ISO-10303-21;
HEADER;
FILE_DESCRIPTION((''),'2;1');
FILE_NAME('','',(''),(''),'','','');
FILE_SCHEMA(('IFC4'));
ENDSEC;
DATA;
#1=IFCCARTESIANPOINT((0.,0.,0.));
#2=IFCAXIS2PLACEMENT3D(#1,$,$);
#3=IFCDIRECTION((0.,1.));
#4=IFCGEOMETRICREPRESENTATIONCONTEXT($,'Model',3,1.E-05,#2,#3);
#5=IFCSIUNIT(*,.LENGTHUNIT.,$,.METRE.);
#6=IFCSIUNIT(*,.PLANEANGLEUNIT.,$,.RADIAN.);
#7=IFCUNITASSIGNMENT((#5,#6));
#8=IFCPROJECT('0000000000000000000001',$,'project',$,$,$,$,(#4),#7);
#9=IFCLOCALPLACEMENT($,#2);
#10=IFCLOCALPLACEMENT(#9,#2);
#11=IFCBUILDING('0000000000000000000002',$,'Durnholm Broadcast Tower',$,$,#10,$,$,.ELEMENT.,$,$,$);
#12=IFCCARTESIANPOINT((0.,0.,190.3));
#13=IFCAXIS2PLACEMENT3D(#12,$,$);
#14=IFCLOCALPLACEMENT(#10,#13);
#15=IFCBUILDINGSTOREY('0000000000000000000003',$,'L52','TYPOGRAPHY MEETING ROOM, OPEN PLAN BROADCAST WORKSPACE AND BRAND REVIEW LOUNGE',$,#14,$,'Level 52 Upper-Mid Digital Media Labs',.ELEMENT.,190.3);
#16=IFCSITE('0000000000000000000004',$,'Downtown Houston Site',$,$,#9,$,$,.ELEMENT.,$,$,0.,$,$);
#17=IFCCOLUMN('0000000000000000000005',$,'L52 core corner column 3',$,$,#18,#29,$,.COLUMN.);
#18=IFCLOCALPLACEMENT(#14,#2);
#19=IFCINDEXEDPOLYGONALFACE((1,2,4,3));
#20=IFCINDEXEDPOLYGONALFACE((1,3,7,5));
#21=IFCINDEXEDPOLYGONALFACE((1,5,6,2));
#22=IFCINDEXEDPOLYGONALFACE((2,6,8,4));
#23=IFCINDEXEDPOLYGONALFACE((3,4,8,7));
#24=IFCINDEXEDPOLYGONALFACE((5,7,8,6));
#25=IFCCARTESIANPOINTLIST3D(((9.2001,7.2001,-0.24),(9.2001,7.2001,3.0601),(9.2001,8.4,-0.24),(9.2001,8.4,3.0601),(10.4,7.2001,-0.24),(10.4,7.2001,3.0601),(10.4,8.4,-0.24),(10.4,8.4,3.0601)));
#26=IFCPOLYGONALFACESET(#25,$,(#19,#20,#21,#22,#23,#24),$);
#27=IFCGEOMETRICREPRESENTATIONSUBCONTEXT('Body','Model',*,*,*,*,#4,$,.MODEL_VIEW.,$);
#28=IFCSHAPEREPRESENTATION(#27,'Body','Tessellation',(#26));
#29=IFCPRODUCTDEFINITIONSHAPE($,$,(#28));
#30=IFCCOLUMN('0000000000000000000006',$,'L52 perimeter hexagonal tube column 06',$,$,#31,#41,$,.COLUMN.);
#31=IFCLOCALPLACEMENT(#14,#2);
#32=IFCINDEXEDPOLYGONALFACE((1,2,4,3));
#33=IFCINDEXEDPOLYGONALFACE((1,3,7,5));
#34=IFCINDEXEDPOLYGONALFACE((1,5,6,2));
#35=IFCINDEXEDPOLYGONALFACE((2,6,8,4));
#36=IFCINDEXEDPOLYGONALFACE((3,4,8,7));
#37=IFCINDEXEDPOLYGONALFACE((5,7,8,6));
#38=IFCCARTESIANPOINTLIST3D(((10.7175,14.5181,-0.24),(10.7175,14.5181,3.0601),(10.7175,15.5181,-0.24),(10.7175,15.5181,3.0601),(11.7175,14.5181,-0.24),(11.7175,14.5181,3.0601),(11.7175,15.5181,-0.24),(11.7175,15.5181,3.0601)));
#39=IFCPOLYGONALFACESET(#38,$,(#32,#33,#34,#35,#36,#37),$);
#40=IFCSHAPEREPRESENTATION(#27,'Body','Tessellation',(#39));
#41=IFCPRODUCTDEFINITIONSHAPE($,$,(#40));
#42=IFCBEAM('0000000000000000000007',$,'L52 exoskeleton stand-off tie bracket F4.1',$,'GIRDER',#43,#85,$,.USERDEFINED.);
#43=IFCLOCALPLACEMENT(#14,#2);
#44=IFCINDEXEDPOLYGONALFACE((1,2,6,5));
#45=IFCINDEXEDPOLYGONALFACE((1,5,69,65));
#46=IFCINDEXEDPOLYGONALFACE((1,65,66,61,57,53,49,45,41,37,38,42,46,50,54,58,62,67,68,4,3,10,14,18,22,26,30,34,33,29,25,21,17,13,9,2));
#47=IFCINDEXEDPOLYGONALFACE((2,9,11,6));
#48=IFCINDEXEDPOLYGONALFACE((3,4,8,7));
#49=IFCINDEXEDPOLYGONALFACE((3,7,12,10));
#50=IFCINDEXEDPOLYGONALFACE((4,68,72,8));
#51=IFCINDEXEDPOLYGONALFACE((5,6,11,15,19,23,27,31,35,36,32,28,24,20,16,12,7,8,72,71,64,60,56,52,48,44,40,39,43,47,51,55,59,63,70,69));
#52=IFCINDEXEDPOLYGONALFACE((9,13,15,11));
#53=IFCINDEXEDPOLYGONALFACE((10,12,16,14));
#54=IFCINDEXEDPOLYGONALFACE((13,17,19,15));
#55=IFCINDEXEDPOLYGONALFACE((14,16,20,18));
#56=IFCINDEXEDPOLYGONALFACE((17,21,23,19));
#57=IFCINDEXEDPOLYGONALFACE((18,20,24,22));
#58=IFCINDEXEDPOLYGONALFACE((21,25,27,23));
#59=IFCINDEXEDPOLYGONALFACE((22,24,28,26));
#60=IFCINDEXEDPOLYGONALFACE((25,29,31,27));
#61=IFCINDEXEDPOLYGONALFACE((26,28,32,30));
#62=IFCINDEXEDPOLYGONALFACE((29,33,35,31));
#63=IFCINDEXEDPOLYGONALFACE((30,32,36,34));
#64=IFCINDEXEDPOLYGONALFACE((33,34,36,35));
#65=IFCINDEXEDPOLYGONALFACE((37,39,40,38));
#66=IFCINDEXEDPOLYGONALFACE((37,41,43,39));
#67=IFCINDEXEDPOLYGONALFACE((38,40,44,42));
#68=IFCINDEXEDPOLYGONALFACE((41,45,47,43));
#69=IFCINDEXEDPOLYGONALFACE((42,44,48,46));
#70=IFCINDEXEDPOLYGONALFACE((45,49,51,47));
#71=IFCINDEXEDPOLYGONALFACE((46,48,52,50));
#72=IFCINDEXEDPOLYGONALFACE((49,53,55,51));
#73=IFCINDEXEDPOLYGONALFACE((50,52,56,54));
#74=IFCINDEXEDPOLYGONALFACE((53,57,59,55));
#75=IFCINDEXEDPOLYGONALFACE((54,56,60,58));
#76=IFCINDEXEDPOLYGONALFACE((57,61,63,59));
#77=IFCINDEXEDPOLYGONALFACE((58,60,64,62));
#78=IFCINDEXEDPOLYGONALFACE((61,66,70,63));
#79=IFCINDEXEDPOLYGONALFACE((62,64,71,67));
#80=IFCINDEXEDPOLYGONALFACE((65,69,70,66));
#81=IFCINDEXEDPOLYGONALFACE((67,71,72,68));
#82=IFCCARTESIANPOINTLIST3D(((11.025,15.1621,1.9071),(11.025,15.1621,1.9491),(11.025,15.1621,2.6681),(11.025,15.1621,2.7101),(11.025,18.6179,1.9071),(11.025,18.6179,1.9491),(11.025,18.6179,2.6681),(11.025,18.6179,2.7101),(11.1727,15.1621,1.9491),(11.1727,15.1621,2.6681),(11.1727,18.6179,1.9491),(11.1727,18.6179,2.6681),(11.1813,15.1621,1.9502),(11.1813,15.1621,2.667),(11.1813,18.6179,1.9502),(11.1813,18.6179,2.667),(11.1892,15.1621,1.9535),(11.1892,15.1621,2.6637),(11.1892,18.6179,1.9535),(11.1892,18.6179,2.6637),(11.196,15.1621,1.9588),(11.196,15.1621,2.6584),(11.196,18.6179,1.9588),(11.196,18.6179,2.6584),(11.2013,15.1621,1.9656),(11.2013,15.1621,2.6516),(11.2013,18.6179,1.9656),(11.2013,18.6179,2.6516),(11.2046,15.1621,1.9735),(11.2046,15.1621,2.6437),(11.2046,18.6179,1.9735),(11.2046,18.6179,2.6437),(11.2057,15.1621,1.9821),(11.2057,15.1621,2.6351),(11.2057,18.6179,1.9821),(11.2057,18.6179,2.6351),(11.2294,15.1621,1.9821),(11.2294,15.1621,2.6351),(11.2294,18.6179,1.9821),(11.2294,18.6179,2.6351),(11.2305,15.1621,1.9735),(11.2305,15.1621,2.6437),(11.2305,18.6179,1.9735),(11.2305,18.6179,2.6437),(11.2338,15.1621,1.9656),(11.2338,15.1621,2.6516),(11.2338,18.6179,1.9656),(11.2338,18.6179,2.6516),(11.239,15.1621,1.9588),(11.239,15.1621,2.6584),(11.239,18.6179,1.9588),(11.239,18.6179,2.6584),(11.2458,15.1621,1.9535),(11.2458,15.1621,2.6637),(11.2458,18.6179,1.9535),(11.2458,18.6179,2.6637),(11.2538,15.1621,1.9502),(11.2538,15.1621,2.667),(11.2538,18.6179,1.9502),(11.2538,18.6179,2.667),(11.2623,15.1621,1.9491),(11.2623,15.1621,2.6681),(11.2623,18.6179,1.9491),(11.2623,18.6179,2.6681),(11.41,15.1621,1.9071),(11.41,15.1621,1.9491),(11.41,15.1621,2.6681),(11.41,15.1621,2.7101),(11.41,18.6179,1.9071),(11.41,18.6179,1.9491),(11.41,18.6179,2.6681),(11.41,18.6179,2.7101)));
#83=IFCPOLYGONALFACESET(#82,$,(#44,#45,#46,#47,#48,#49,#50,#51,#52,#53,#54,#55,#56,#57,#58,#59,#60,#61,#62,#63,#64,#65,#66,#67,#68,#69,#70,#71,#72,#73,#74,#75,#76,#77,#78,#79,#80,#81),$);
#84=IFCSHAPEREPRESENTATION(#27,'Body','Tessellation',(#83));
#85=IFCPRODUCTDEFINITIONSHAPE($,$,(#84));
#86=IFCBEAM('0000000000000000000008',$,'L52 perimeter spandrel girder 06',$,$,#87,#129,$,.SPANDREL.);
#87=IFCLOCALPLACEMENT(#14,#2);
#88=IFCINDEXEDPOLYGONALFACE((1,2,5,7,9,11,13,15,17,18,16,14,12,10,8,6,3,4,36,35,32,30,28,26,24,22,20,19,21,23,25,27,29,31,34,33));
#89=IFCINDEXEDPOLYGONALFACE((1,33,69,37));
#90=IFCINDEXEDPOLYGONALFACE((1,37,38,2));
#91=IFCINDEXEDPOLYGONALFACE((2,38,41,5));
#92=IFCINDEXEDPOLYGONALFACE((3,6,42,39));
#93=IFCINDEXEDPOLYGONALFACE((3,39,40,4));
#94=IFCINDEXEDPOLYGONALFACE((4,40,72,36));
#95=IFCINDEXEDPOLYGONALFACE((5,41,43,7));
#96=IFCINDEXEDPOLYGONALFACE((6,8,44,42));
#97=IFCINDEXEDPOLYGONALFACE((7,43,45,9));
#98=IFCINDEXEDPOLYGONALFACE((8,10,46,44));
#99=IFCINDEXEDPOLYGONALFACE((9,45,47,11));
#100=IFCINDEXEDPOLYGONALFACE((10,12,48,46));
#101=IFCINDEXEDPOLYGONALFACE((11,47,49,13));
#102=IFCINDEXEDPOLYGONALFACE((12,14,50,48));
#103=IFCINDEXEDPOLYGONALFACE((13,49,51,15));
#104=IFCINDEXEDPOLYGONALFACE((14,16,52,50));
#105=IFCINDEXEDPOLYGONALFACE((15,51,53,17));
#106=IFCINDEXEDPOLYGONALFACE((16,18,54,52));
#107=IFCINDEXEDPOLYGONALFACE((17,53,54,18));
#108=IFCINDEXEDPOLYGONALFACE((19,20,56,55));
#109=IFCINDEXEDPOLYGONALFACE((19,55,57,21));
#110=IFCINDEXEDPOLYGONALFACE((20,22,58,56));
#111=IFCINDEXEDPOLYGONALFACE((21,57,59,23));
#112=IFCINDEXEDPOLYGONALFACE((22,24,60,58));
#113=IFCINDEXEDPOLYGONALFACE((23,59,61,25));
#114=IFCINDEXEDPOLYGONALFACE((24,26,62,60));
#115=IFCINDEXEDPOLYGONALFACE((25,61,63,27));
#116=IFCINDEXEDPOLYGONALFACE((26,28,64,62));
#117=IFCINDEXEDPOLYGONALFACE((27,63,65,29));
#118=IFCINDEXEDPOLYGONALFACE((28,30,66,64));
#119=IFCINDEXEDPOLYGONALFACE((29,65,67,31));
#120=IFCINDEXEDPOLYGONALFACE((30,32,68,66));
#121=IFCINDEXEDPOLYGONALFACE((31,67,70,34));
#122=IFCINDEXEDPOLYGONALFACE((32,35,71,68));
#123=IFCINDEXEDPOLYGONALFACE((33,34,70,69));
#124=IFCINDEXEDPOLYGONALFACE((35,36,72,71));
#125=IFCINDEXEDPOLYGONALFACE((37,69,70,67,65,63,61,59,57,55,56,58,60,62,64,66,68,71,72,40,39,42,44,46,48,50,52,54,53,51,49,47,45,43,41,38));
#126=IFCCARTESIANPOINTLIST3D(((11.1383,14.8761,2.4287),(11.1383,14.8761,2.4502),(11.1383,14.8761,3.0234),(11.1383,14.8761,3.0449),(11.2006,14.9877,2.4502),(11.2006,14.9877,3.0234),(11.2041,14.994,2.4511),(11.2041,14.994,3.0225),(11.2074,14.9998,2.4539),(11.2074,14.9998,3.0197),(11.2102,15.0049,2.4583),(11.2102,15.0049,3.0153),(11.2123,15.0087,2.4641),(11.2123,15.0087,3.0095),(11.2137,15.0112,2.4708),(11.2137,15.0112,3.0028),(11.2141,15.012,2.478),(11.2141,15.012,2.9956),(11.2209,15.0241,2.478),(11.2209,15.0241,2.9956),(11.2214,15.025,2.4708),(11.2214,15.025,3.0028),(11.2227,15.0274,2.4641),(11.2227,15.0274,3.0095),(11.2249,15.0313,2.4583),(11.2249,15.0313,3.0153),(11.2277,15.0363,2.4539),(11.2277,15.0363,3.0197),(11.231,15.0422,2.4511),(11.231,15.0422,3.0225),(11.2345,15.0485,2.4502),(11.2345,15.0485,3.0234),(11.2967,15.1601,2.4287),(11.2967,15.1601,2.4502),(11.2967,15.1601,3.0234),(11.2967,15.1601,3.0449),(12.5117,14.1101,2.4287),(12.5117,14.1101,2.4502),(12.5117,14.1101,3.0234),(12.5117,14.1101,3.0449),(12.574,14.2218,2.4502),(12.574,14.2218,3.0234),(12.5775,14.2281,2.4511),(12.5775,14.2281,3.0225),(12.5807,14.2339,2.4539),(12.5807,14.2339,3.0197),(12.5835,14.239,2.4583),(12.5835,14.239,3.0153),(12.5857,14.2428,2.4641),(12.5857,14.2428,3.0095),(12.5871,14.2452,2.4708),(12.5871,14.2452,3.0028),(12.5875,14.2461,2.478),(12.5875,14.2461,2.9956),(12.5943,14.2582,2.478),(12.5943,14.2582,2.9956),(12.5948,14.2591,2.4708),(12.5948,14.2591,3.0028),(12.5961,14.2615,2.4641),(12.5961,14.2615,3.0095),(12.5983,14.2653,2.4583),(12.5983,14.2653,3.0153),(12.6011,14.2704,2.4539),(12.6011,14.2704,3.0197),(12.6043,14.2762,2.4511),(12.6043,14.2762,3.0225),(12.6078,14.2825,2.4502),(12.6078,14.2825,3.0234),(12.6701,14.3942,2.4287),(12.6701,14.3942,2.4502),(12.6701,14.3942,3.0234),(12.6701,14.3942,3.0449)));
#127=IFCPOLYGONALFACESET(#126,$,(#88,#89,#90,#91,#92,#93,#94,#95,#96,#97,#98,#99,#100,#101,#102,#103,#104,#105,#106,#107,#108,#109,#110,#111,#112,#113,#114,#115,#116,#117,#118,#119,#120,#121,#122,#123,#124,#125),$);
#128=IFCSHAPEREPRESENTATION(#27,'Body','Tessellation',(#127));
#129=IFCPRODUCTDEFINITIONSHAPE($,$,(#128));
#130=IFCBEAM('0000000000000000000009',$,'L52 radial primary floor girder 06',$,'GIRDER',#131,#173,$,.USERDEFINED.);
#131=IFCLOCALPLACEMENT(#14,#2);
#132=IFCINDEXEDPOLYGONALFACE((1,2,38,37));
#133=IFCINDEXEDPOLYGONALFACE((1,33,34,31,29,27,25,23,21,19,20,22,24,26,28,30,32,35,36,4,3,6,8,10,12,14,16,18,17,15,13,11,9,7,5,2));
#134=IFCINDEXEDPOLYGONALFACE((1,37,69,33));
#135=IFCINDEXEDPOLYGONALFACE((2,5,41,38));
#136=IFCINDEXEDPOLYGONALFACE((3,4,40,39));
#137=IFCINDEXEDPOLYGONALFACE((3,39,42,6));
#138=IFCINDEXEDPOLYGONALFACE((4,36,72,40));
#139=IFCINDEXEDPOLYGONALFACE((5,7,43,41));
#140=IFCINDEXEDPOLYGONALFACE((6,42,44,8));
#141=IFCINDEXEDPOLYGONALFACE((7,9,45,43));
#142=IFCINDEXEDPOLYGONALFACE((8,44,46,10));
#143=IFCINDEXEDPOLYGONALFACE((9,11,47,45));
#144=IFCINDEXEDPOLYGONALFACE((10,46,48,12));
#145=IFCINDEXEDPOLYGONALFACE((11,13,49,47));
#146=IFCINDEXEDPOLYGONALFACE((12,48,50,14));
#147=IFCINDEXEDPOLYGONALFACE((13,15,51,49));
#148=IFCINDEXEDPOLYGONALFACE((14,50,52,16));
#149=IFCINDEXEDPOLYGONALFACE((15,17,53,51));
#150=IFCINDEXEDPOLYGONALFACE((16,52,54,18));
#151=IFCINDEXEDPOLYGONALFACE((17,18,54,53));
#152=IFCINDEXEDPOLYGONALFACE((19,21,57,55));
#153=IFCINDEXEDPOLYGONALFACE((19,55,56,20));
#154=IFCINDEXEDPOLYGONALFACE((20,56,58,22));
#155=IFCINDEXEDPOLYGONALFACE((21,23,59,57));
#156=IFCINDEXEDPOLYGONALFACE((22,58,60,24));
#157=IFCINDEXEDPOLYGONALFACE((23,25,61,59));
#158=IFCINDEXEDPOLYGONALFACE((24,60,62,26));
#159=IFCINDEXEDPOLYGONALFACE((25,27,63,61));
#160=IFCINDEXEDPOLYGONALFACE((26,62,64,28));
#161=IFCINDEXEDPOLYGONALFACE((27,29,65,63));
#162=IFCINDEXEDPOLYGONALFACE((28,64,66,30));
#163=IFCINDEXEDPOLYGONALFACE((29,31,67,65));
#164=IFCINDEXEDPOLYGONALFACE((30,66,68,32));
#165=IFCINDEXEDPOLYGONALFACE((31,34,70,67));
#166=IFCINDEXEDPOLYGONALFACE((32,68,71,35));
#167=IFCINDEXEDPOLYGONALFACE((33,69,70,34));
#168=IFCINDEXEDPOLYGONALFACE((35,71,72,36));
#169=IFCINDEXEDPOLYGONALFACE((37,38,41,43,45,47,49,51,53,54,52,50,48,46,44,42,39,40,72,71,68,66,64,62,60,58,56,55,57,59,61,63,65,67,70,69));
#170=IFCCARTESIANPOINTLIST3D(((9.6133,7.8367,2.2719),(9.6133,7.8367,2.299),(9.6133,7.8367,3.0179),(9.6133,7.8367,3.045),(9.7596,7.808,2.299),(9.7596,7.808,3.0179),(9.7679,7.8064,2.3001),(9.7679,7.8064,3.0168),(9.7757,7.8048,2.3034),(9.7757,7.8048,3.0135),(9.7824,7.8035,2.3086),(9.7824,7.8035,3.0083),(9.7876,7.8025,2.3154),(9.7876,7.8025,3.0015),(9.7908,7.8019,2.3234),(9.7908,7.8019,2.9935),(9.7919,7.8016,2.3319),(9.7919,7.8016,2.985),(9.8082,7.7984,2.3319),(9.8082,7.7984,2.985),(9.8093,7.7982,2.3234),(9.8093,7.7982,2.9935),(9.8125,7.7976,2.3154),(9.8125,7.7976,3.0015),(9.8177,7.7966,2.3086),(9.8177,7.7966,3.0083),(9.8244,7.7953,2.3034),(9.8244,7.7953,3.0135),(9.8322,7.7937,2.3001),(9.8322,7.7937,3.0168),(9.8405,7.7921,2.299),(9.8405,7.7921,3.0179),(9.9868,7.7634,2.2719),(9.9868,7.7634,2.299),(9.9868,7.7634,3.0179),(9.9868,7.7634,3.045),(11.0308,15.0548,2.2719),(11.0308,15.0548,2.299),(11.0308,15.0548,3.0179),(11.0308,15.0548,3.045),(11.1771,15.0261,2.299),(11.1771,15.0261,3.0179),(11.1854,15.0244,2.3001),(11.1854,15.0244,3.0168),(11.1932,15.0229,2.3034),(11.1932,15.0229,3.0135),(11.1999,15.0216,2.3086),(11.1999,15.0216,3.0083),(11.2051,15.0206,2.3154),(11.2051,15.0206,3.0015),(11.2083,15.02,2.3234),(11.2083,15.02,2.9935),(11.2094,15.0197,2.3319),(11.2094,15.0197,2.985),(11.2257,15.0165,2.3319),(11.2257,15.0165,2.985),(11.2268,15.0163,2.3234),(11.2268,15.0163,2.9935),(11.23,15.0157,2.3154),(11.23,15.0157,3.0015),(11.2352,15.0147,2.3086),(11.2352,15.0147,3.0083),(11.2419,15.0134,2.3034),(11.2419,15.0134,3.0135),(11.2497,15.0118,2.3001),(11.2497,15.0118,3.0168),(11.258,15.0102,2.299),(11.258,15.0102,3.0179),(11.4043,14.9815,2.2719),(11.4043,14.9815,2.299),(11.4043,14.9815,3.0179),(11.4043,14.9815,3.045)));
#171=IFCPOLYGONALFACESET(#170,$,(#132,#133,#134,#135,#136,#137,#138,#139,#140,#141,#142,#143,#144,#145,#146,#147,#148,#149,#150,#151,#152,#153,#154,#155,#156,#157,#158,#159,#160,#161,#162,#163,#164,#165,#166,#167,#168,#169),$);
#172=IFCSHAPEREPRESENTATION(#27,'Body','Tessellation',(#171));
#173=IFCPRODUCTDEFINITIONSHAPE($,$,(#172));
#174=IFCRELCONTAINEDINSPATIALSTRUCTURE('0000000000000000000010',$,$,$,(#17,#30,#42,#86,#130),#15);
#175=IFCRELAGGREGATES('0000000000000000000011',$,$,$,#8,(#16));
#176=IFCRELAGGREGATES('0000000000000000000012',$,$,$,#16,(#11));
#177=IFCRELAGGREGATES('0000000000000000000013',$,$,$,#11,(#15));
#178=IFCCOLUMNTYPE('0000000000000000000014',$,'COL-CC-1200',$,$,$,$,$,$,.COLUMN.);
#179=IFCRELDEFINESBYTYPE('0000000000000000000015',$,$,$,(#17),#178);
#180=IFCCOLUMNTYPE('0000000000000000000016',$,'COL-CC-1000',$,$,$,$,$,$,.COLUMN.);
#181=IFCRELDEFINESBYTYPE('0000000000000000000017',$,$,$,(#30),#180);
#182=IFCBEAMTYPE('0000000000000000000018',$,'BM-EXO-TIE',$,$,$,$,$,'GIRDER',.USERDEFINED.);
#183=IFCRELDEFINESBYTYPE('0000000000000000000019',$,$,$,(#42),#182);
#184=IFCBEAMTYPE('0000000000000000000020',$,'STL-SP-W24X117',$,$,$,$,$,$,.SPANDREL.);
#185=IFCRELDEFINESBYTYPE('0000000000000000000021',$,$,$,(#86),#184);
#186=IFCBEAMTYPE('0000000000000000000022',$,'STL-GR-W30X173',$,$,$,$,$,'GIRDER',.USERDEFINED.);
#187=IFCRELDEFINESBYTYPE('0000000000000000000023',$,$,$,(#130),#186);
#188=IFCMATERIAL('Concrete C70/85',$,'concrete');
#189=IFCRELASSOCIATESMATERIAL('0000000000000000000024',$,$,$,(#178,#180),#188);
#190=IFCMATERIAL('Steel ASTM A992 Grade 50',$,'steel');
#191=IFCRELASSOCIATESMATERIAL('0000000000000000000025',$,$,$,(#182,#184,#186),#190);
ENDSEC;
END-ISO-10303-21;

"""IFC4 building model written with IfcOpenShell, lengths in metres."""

from ifc_helpers import new_model, si_unit, direction, frame, origin, origin_2d, place, context, subcontext, project, spatial, rectangle, i_section, extrude, source, transform, mapped, material, material_profile, profile_set, type_object, type_shapes, element, save


model = new_model("IFC4")

# Units and contexts
model_context = context("Model", 3, precision=1e-05, world=origin(), true_north=direction((0.0, 1.0)))
body_context = subcontext(model_context, "Body", "Model", "MODEL_VIEW")
ifc_project = project(units=[si_unit("LENGTHUNIT", "METRE"), si_unit("PLANEANGLEUNIT", "RADIAN")], contexts=[model_context])

# Site, building, storey
site_placement = place(None, origin())
site = spatial("IfcSite", under=ifc_project, at=site_placement, Name="Downtown Houston Site", CompositionType="ELEMENT", RefElevation=0.0)
building_placement = place(site_placement, origin())
building = spatial("IfcBuilding", under=site, at=building_placement, Name="Durnholm Broadcast Tower", CompositionType="ELEMENT")
storey_placement = place(building_placement, frame((0.0, 0.0, 190.3)))
storey = spatial("IfcBuildingStorey", under=building, at=storey_placement, Name="L52", Description="TYPOGRAPHY MEETING ROOM, OPEN PLAN BROADCAST WORKSPACE AND BRAND REVIEW LOUNGE", LongName="Level 52 Upper-Mid Digital Media Labs", CompositionType="ELEMENT", Elevation=190.3)

# Columns
ifc_material_1 = material(Name="Concrete C70/85", Category="concrete")
ifc_material_profile_1 = material_profile(ifc_material_1, rectangle(XDim=1.2, YDim=1.2, at=origin_2d()), Name="RC1200X1200")
ifc_profile_set_1 = profile_set([ifc_material_profile_1], Name="Concrete C70/85")
column_type_1 = type_object("IfcColumnType", Name="COL-CC-1200", PredefinedType="COLUMN", material=ifc_profile_set_1)
shared_shape_1 = source(origin(), body_context, "Body", "SweptSolid", [
    extrude(rectangle(XDim=1.2, YDim=1.2, at=origin_2d()), origin(), (0.0, 0.0, 1.0), 3.3),
])
type_shapes(column_type_1, [shared_shape_1])
column_1_placement = place(storey_placement, frame((9.8, 7.8, -0.24), z_axis=(0.0, 0.0, 1.0), x_axis=(1.0, 0.0, 0.0)))
element("IfcColumn", 1, at=column_1_placement, inside=storey, type_object=column_type_1, Name="L52 core corner column 3", PredefinedType="COLUMN", context=body_context, shape_type="MappedRepresentation", body=[
    mapped(shared_shape_1, transform((0.0, 0.0, 0.0), x_axis=(1.0, 0.0, 0.0), y_axis=(0.0, 1.0, 0.0), z_axis=(0.0, 0.0, 1.0), scale=1.0)),
])
ifc_material_profile_2 = material_profile(ifc_material_1, rectangle(XDim=1.0, YDim=1.0, at=origin_2d()), Name="RC1000X1000")
ifc_profile_set_2 = profile_set([ifc_material_profile_2], Name="Concrete C70/85")
column_type_2 = type_object("IfcColumnType", Name="COL-CC-1000", PredefinedType="COLUMN", material=ifc_profile_set_2)
shared_shape_2 = source(origin(), body_context, "Body", "SweptSolid", [
    extrude(rectangle(XDim=1.0, YDim=1.0, at=origin_2d()), origin(), (0.0, 0.0, 1.0), 3.3),
])
type_shapes(column_type_2, [shared_shape_2])
column_2_placement = place(storey_placement, frame((11.2175, 15.0181, -0.24), z_axis=(0.0, 0.0, 1.0), x_axis=(1.0, 0.0, 0.0)))
element("IfcColumn", 2, at=column_2_placement, inside=storey, type_object=column_type_2, Name="L52 perimeter hexagonal tube column 06", PredefinedType="COLUMN", context=body_context, shape_type="MappedRepresentation", body=[
    mapped(shared_shape_2, transform((0.0, 0.0, 0.0), x_axis=(1.0, 0.0, 0.0), y_axis=(0.0, 1.0, 0.0), z_axis=(0.0, 0.0, 1.0), scale=1.0)),
])

# Beams
ifc_material_2 = material(Name="Steel ASTM A992 Grade 50", Category="steel")
ifc_material_profile_3 = material_profile(ifc_material_2, i_section(OverallWidth=0.385, OverallDepth=0.803, WebThickness=0.0237, FlangeThickness=0.042, FilletRadius=0.033, at=origin_2d()), Name="W30X261")
ifc_profile_set_3 = profile_set([ifc_material_profile_3], Name="Steel ASTM A992 Grade 50")
beam_type_1 = type_object("IfcBeamType", Name="BM-EXO-TIE", ElementType="GIRDER", PredefinedType="USERDEFINED", material=ifc_profile_set_3)
shared_shape_3 = source(origin(), body_context, "Body", "SweptSolid", [
    extrude(i_section(OverallWidth=0.385, OverallDepth=0.803, WebThickness=0.0237, FlangeThickness=0.042, FilletRadius=0.033, at=origin_2d()), origin(), (0.0, 0.0, 1.0), 3.4558),
])
type_shapes(beam_type_1, [shared_shape_3])
beam_1_placement = place(storey_placement, frame((11.2175, 15.1621, 2.3086), z_axis=(0.0, 1.0, 0.0), x_axis=(-1.0, 0.0, 0.0)))
element("IfcBeam", 3, at=beam_1_placement, inside=storey, type_object=beam_type_1, Name="L52 exoskeleton stand-off tie bracket F4.1", ObjectType="GIRDER", PredefinedType="USERDEFINED", context=body_context, shape_type="MappedRepresentation", body=[
    mapped(shared_shape_3, transform((0.0, 0.0, 0.0), x_axis=(1.0, 0.0, 0.0), y_axis=(0.0, 1.0, 0.0), z_axis=(0.0, 0.0, 1.0), scale=1.0)),
])
ifc_material_profile_4 = material_profile(ifc_material_2, i_section(OverallWidth=0.3252, OverallDepth=0.6162, WebThickness=0.0139, FlangeThickness=0.0215, FilletRadius=0.0278, at=origin_2d()), Name="W24X117")
ifc_profile_set_4 = profile_set([ifc_material_profile_4], Name="Steel ASTM A992 Grade 50")
beam_type_2 = type_object("IfcBeamType", Name="STL-SP-W24X117", PredefinedType="SPANDREL", material=ifc_profile_set_4)
shared_shape_4 = source(origin(), body_context, "Body", "SweptSolid", [
    extrude(i_section(OverallWidth=0.3252, OverallDepth=0.6162, WebThickness=0.0139, FlangeThickness=0.0215, FilletRadius=0.0278, at=origin_2d()), origin(), (0.0, 0.0, 1.0), 1.5725),
])
type_shapes(beam_type_2, [shared_shape_4])
beam_2_placement = place(storey_placement, frame((11.2175, 15.0181, 2.7368), z_axis=(0.873365, -0.487066, 0.0), x_axis=(0.487066, 0.873365, 0.0)))
element("IfcBeam", 4, at=beam_2_placement, inside=storey, type_object=beam_type_2, Name="L52 perimeter spandrel girder 06", PredefinedType="SPANDREL", context=body_context, shape_type="MappedRepresentation", body=[
    mapped(shared_shape_4, transform((0.0, 0.0, 0.0), x_axis=(1.0, 0.0, 0.0), y_axis=(0.0, 1.0, 0.0), z_axis=(0.0, 0.0, 1.0), scale=1.0)),
])
ifc_material_profile_5 = material_profile(ifc_material_2, i_section(OverallWidth=0.3806, OverallDepth=0.7732, WebThickness=0.0166, FlangeThickness=0.0271, FilletRadius=0.033, at=origin_2d()), Name="W30X173")
ifc_profile_set_5 = profile_set([ifc_material_profile_5], Name="Steel ASTM A992 Grade 50")
beam_type_3 = type_object("IfcBeamType", Name="STL-GR-W30X173", ElementType="GIRDER", PredefinedType="USERDEFINED", material=ifc_profile_set_5)
shared_shape_5 = source(origin(), body_context, "Body", "SweptSolid", [
    extrude(i_section(OverallWidth=0.3806, OverallDepth=0.7732, WebThickness=0.0166, FlangeThickness=0.0271, FilletRadius=0.033, at=origin_2d()), origin(), (0.0, 0.0, 1.0), 7.356),
])
beam_3_placement = place(storey_placement, frame((9.8, 7.8, 2.6584), z_axis=(0.1927, 0.981258, 0.0), x_axis=(-0.981258, 0.1927, 0.0)))
element("IfcBeam", 5, at=beam_3_placement, inside=storey, type_object=beam_type_3, Name="L52 radial primary floor girder 06", ObjectType="GIRDER", PredefinedType="USERDEFINED", context=body_context, shape_type="MappedRepresentation", body=[
    mapped(shared_shape_5, transform((0.0, 0.0, 0.0), x_axis=(1.0, 0.0, 0.0), y_axis=(0.0, 1.0, 0.0), z_axis=(0.0, 0.0, 1.0), scale=1.0)),
])

save(model, "model.ifc")
